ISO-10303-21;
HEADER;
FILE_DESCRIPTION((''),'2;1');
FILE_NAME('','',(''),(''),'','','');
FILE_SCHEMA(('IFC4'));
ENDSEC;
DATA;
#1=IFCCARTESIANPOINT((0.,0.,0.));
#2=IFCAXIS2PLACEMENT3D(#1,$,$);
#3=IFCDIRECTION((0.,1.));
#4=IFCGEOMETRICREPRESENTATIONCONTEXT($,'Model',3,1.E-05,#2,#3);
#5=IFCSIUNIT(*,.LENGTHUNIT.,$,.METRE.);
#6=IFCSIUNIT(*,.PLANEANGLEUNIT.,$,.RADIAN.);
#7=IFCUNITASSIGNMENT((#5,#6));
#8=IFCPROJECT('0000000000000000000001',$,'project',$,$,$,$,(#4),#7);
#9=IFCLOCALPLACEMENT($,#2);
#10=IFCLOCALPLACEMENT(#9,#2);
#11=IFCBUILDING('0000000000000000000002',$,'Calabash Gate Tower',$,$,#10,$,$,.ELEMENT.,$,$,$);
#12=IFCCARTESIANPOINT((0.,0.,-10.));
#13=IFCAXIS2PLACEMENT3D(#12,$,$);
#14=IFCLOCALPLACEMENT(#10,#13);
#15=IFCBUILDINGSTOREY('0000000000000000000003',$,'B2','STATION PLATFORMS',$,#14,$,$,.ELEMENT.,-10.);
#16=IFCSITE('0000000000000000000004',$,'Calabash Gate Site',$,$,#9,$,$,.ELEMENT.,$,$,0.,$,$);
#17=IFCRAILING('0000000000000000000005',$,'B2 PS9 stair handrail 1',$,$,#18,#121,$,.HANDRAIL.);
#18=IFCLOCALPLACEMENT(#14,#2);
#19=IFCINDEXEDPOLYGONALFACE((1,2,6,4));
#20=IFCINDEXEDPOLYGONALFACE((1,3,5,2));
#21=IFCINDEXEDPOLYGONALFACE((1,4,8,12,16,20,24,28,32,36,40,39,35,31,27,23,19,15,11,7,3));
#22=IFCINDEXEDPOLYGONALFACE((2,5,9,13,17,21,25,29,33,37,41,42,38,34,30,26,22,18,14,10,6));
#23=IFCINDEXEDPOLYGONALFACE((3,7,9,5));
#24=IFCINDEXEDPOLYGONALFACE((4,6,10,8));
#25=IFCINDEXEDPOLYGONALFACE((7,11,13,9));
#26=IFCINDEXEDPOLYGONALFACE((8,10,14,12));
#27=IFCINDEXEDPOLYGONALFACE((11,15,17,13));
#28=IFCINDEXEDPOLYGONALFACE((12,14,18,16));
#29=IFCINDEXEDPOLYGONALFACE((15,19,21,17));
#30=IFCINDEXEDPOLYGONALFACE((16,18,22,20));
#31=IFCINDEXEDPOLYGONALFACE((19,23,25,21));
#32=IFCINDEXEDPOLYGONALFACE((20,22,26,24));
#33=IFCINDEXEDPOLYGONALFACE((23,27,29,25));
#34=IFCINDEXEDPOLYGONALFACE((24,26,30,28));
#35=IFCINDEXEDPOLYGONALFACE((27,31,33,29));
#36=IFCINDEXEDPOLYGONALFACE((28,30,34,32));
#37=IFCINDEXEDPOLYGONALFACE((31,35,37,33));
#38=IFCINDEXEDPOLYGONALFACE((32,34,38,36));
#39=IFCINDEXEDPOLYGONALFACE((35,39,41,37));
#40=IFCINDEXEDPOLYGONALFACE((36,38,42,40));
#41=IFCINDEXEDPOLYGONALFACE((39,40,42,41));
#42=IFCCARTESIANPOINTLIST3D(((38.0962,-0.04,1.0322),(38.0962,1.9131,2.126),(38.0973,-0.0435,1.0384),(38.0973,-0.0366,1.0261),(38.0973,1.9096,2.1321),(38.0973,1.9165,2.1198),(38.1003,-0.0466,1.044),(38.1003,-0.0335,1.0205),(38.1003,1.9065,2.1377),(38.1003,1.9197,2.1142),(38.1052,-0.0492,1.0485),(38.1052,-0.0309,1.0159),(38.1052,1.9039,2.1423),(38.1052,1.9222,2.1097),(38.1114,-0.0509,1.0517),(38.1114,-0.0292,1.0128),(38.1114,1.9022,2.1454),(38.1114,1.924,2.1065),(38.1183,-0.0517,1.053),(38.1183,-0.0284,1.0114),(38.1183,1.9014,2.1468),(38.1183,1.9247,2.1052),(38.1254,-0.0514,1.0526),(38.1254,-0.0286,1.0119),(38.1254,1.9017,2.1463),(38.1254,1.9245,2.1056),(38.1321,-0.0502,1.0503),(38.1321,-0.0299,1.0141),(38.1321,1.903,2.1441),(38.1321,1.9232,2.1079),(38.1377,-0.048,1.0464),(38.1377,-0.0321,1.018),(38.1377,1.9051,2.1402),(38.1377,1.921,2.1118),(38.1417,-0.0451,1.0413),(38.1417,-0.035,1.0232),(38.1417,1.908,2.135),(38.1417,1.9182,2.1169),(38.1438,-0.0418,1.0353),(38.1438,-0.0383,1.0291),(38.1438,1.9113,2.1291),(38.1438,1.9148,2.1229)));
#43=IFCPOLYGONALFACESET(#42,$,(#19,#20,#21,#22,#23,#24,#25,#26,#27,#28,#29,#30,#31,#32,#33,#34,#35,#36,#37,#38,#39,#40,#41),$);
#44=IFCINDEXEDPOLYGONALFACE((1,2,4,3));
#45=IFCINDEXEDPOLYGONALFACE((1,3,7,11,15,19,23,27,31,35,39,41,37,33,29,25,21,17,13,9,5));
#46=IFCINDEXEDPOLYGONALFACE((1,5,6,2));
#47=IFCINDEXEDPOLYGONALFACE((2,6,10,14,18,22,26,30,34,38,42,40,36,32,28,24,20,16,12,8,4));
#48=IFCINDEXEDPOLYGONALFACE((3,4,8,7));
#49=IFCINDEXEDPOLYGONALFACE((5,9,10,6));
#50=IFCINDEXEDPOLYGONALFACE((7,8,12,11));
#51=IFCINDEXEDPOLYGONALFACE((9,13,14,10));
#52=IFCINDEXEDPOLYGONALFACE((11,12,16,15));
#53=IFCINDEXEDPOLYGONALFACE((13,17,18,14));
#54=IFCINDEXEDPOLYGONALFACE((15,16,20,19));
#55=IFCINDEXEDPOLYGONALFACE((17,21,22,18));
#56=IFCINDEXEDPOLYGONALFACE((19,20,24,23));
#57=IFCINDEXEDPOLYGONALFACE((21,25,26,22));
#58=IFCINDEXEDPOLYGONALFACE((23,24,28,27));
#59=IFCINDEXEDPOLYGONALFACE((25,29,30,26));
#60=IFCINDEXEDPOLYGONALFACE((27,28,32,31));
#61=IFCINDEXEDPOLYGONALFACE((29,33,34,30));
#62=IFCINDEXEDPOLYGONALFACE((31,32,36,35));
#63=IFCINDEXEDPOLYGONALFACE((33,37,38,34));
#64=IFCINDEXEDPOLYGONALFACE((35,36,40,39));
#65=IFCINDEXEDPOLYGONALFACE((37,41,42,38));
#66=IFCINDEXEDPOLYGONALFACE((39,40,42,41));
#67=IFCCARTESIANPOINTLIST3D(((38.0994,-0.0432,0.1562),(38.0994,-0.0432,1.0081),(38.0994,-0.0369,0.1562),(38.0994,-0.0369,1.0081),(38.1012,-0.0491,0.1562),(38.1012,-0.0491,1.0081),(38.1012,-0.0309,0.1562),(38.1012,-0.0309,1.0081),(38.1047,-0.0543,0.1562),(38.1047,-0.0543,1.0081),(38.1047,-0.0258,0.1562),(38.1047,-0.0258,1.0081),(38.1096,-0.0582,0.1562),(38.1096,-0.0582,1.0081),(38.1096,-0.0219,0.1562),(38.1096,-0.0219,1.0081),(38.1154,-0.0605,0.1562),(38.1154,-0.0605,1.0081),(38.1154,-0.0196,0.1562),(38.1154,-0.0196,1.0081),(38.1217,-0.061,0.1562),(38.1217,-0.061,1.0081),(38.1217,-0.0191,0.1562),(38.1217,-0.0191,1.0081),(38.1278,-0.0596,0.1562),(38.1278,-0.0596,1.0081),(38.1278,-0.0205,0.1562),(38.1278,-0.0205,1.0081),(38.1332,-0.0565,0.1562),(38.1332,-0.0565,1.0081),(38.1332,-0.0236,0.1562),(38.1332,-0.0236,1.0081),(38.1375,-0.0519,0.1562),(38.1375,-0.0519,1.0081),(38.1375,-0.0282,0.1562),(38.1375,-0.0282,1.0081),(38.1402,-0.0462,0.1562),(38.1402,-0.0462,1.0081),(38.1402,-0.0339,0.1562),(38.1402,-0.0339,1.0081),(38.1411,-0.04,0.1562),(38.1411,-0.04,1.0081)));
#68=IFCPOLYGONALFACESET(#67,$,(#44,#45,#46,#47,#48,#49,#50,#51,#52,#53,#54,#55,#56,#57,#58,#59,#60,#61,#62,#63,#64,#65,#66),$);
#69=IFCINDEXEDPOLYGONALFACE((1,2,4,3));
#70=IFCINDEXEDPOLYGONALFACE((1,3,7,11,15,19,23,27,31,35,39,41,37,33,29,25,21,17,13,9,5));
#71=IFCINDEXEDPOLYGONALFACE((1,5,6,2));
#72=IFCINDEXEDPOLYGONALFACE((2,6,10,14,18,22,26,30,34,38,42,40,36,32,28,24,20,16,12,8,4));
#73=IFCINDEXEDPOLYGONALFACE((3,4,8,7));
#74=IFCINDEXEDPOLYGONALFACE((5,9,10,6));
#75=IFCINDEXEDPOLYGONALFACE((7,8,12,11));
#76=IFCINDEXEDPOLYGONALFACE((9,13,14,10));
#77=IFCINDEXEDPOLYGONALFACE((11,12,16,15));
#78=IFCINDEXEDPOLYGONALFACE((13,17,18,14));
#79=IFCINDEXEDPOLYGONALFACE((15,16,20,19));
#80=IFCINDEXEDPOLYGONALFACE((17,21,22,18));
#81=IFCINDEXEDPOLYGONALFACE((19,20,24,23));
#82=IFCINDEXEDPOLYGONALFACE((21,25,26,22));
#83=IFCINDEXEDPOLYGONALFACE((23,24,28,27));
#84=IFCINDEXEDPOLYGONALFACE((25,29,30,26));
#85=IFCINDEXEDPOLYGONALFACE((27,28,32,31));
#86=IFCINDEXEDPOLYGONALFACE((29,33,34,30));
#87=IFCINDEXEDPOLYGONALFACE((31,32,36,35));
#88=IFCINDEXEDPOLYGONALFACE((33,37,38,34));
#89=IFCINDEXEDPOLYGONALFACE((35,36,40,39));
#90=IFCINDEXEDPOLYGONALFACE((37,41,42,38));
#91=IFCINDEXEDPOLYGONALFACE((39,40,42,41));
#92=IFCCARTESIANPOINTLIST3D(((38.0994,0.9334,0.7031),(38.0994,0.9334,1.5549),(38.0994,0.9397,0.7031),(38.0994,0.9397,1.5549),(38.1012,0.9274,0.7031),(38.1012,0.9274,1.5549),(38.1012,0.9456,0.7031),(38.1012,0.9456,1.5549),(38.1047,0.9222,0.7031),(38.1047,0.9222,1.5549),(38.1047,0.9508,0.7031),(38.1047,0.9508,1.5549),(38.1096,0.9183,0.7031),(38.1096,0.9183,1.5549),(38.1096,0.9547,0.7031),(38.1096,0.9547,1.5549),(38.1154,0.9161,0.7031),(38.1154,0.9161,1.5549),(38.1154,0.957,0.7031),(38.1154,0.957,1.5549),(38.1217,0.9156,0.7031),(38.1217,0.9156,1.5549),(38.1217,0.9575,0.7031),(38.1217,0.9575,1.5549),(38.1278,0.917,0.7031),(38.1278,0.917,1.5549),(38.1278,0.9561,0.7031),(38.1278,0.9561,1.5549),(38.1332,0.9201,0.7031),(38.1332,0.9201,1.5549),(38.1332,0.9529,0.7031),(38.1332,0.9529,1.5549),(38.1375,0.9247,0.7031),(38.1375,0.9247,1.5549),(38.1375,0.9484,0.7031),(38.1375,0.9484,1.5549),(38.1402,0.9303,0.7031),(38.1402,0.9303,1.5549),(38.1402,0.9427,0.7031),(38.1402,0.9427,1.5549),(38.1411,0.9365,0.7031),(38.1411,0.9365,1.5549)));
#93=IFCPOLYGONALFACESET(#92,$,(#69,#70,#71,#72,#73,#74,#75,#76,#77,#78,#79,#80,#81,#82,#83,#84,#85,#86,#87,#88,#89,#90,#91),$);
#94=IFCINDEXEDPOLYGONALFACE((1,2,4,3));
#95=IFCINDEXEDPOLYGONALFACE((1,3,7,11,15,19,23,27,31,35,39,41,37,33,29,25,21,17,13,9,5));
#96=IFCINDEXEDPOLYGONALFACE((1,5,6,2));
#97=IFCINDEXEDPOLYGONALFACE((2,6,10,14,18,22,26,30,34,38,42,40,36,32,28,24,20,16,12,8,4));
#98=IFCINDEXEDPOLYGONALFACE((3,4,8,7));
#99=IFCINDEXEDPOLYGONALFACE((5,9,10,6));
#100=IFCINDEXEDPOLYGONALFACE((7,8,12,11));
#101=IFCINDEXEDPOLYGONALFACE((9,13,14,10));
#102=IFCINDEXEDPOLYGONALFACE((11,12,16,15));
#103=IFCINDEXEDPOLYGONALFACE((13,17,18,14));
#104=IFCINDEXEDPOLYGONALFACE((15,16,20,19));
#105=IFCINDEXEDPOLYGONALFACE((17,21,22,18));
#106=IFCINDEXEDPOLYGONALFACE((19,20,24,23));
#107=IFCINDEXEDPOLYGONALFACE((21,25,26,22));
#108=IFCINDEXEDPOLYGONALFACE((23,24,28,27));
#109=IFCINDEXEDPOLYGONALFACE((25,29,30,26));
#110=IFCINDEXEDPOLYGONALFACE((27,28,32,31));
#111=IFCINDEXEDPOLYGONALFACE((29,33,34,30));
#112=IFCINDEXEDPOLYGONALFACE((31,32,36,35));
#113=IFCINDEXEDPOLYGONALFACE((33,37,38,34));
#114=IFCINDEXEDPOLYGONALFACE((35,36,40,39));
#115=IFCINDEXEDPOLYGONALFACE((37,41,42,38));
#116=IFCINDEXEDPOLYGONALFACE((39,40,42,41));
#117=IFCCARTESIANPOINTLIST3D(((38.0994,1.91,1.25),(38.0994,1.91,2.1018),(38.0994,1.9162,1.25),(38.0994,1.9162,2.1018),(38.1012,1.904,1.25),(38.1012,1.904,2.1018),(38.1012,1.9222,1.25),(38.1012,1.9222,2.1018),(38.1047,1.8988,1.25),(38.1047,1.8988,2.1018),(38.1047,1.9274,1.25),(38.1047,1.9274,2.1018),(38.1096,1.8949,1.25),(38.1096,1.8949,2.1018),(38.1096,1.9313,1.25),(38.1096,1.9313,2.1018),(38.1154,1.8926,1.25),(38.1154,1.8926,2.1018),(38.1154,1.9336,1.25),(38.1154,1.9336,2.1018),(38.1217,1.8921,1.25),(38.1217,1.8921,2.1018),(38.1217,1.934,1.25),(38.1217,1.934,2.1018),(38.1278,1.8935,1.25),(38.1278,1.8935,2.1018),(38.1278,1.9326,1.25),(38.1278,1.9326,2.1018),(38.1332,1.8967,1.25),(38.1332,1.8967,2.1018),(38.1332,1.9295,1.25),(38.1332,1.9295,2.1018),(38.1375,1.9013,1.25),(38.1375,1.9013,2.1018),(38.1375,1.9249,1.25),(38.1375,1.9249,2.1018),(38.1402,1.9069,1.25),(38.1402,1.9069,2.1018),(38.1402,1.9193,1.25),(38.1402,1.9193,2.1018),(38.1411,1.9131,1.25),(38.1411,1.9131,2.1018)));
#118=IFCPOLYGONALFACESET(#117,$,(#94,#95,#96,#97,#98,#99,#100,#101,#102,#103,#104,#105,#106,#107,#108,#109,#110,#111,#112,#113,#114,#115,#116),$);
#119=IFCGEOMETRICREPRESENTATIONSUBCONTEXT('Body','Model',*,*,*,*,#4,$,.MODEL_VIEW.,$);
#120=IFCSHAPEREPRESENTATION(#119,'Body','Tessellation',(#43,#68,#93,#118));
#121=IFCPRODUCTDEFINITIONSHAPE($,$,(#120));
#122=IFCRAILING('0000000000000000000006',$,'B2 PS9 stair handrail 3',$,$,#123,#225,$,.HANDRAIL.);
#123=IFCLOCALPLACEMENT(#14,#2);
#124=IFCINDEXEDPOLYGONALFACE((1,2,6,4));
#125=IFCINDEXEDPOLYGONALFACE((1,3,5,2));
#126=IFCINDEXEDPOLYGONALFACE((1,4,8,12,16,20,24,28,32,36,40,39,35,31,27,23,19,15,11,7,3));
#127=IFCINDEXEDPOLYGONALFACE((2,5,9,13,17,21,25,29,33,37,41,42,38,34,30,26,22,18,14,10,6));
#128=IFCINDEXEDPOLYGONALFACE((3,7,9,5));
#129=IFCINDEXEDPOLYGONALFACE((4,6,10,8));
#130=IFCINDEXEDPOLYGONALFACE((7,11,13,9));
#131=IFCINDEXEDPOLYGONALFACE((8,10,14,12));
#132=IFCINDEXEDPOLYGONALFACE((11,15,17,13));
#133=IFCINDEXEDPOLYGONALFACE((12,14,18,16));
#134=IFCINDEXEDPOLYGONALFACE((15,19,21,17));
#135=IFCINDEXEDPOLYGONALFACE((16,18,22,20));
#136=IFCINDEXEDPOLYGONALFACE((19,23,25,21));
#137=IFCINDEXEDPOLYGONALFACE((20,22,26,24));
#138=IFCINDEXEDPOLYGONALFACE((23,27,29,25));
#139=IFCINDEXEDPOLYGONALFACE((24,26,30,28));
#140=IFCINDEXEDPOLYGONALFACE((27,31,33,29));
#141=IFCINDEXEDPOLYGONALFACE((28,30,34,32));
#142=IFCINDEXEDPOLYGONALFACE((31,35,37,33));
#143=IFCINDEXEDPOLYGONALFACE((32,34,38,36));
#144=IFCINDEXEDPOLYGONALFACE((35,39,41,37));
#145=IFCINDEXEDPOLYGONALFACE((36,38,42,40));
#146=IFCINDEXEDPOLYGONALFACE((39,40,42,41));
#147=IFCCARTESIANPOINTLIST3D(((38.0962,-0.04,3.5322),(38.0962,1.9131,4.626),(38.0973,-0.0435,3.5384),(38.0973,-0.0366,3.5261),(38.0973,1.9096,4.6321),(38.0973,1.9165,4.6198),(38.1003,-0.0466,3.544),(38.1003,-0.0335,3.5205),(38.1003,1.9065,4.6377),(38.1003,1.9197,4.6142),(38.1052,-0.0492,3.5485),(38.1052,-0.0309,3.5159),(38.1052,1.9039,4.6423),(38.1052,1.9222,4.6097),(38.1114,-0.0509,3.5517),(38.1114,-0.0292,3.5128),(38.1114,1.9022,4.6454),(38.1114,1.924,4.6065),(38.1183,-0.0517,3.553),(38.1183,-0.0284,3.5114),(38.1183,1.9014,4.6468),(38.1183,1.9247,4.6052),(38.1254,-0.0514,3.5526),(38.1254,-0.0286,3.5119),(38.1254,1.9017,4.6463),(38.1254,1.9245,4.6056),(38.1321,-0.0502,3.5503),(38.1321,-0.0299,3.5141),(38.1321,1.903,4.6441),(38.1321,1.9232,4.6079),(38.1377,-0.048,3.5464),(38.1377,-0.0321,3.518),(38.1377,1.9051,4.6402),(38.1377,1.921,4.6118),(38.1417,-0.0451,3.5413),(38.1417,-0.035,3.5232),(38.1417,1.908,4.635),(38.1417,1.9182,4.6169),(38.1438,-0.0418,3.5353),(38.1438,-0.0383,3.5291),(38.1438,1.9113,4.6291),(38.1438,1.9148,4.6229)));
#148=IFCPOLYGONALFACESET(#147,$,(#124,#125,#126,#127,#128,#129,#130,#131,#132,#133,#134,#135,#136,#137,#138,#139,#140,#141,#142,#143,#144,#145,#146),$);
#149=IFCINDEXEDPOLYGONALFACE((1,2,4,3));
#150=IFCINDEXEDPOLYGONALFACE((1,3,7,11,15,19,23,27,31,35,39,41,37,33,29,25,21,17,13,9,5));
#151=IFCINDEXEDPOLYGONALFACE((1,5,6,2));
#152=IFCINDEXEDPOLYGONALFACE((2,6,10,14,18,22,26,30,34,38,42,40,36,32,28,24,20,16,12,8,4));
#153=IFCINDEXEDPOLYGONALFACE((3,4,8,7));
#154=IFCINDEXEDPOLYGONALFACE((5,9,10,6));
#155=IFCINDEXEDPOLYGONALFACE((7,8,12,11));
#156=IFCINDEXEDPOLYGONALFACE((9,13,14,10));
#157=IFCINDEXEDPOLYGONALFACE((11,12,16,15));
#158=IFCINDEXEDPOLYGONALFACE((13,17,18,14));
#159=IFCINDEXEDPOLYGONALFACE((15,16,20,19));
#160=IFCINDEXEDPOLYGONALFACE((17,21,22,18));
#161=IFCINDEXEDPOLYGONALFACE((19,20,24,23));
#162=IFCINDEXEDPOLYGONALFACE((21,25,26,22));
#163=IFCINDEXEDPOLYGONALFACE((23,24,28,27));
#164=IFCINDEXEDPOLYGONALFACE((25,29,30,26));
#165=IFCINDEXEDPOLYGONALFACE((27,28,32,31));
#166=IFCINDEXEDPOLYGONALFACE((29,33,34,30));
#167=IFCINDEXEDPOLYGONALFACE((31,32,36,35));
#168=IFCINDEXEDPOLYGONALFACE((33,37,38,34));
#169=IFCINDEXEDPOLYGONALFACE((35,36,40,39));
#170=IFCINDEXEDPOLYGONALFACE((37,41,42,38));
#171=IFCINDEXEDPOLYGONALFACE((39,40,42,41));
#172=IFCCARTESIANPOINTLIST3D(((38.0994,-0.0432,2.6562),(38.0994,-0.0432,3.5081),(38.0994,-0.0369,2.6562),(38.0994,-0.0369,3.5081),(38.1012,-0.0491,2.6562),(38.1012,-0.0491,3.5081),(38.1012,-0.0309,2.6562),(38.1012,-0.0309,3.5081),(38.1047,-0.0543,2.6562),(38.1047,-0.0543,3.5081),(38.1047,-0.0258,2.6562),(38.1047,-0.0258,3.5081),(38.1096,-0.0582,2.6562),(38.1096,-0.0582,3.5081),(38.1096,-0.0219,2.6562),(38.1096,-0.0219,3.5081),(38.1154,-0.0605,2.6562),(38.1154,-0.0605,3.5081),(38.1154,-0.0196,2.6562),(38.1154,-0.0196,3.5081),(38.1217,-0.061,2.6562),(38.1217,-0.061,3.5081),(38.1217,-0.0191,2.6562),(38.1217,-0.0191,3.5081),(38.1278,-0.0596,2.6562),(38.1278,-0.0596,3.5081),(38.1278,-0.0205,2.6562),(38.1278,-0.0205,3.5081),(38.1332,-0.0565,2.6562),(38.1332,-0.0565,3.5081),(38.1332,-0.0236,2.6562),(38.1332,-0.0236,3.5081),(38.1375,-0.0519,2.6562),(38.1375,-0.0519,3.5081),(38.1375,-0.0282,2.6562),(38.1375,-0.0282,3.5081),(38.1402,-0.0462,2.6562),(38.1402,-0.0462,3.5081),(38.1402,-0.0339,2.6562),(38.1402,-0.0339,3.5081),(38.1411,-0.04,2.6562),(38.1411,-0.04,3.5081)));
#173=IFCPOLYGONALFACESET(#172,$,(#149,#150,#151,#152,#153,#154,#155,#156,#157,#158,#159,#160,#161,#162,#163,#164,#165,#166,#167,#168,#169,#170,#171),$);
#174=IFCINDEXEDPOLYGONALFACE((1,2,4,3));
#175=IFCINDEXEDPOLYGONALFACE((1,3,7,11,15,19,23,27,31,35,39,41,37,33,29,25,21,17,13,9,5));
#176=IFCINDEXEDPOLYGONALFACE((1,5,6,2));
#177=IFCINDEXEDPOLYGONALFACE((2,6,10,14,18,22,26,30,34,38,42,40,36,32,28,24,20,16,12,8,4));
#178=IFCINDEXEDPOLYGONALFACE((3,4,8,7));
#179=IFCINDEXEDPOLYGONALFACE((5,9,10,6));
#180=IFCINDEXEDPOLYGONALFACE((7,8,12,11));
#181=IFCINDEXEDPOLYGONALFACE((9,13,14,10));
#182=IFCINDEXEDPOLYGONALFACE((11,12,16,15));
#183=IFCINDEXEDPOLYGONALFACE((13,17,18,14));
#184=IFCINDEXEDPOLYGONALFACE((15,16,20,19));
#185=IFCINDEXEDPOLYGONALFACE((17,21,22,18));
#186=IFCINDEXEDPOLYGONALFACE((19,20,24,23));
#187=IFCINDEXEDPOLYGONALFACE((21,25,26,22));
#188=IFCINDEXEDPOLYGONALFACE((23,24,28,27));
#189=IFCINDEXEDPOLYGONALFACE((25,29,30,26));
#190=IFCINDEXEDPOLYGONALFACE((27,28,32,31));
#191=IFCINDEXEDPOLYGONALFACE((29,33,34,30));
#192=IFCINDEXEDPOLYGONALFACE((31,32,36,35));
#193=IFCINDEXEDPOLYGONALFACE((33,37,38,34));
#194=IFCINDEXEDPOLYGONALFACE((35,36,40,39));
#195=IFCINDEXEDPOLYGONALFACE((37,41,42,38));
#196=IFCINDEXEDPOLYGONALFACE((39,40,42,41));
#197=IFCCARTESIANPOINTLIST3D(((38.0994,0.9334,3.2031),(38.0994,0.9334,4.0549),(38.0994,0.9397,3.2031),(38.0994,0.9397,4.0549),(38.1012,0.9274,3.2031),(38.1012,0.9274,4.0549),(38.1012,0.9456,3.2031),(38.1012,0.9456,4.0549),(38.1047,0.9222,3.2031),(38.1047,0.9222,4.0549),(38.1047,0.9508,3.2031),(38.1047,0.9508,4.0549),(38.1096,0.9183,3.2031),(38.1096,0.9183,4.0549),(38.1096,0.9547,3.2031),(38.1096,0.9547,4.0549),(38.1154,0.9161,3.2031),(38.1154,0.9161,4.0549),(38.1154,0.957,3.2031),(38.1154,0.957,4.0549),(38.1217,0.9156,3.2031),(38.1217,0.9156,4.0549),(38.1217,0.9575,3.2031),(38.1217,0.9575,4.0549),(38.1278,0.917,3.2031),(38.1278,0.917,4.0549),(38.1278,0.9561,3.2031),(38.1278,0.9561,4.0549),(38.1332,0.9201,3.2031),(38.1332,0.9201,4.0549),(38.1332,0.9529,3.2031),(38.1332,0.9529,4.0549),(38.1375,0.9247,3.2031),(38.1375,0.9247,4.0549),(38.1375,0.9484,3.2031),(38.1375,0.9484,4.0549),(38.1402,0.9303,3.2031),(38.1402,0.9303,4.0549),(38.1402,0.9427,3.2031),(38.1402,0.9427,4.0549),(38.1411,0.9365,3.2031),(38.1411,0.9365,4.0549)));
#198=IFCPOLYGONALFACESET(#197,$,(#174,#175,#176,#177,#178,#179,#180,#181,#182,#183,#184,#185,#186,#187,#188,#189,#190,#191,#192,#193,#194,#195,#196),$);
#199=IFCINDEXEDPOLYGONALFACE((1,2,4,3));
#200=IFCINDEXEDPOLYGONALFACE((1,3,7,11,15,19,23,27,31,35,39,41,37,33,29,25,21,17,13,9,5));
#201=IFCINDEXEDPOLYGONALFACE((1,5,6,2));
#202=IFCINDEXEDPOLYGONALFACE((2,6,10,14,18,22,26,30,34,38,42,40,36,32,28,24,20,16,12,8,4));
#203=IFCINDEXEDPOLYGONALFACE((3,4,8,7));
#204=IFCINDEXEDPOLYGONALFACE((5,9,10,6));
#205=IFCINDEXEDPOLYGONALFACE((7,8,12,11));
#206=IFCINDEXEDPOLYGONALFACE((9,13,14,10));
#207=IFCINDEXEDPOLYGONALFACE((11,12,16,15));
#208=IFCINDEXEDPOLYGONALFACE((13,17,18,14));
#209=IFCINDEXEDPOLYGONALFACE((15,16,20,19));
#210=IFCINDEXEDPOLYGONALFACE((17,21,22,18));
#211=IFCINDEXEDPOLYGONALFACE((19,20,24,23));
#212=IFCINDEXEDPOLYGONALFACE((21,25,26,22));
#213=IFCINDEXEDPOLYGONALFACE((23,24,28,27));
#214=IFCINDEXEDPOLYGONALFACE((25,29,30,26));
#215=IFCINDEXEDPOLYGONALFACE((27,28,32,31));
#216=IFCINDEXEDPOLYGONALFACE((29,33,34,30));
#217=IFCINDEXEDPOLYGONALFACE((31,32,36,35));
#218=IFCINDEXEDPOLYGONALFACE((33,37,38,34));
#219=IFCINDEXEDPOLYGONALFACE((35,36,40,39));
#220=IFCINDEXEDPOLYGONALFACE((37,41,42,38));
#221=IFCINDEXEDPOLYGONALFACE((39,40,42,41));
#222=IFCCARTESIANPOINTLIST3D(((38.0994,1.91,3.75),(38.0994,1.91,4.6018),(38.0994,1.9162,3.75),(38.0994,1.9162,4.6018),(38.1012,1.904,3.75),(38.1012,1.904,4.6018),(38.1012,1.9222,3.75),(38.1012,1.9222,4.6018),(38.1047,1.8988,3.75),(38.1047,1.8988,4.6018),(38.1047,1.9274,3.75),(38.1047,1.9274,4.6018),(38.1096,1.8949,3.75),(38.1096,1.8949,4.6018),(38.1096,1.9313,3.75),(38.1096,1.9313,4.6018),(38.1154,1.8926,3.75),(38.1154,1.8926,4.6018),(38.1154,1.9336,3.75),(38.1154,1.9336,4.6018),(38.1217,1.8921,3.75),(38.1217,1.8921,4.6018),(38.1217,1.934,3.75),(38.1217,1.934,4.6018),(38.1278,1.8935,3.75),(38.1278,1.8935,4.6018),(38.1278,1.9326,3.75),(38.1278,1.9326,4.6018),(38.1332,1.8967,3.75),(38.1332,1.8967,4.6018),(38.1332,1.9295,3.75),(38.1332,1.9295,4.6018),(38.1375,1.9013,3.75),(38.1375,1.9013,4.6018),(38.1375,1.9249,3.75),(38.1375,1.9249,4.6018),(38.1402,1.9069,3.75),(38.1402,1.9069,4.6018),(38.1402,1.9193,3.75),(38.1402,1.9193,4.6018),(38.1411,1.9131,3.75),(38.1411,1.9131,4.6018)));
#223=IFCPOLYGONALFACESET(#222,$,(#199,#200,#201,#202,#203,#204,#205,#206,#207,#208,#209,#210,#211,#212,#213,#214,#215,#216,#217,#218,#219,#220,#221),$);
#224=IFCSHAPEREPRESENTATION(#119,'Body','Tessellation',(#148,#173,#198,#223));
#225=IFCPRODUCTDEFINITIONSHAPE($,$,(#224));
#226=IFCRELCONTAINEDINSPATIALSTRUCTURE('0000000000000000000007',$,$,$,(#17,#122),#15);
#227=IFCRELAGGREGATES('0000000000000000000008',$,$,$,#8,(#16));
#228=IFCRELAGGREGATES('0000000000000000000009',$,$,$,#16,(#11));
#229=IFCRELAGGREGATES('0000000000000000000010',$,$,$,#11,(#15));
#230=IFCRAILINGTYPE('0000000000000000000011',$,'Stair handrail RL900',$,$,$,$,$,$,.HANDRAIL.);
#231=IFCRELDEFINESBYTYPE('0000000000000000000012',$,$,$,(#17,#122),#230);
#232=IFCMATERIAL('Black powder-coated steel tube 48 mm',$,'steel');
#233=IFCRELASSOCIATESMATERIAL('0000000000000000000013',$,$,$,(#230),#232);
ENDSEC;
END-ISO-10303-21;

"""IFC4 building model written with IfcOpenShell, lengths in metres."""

from ifc_helpers import new_model, si_unit, direction, frame, origin, origin_2d, place, context, subcontext, project, spatial, circle, extrude, material, type_object, element, save


model = new_model("IFC4")

# Units and contexts
model_context = context("Model", 3, precision=1e-05, world=origin(), true_north=direction((0.0, 1.0)))
body_context = subcontext(model_context, "Body", "Model", "MODEL_VIEW")
ifc_project = project(units=[si_unit("LENGTHUNIT", "METRE"), si_unit("PLANEANGLEUNIT", "RADIAN")], contexts=[model_context])

# Site, building, storey
site_placement = place(None, origin())
site = spatial("IfcSite", under=ifc_project, at=site_placement, Name="Calabash Gate Site", CompositionType="ELEMENT", RefElevation=0.0)
building_placement = place(site_placement, origin())
building = spatial("IfcBuilding", under=site, at=building_placement, Name="Calabash Gate Tower", CompositionType="ELEMENT")
storey_placement = place(building_placement, frame((0.0, 0.0, -10.0)))
storey = spatial("IfcBuildingStorey", under=building, at=storey_placement, Name="B2", Description="STATION PLATFORMS", CompositionType="ELEMENT", Elevation=-10.0)

# Railings
ifc_material_1 = material(Name="Black powder-coated steel tube 48 mm", Category="steel")
railing_type_1 = type_object("IfcRailingType", Name="Stair handrail RL900", PredefinedType="HANDRAIL", material=ifc_material_1)
for number, where, name in (
    (1, (38.1201, -0.04, 0.1562), "B2 PS9 stair handrail 1"),
    (2, (38.1201, -0.04, 2.6562), "B2 PS9 stair handrail 3"),
):
    element("IfcRailing", number, at=place(storey_placement, frame(where)), inside=storey, type_object=railing_type_1, Name=name, PredefinedType="HANDRAIL", context=body_context, shape_type="SweptSolid", body=[
        extrude(circle(Radius=0.0239, at=origin_2d()), frame((0.0, 0.0, 0.876), z_axis=(0.0, 0.872506, 0.488603), x_axis=(-1.0, 0.0, 0.0)), (0.0, 0.0, 1.0), 2.2385),
        extrude(circle(Radius=0.021, at=origin_2d()), origin(), (0.0, 0.0, 1.0), 0.8518),
        extrude(circle(Radius=0.021, at=origin_2d()), frame((0.0, 0.9766, 0.5469)), (0.0, 0.0, 1.0), 0.8518),
        extrude(circle(Radius=0.021, at=origin_2d()), frame((0.0, 1.9531, 1.0938)), (0.0, 0.0, 1.0), 0.8518),
    ])

save(model, "model.ifc")
